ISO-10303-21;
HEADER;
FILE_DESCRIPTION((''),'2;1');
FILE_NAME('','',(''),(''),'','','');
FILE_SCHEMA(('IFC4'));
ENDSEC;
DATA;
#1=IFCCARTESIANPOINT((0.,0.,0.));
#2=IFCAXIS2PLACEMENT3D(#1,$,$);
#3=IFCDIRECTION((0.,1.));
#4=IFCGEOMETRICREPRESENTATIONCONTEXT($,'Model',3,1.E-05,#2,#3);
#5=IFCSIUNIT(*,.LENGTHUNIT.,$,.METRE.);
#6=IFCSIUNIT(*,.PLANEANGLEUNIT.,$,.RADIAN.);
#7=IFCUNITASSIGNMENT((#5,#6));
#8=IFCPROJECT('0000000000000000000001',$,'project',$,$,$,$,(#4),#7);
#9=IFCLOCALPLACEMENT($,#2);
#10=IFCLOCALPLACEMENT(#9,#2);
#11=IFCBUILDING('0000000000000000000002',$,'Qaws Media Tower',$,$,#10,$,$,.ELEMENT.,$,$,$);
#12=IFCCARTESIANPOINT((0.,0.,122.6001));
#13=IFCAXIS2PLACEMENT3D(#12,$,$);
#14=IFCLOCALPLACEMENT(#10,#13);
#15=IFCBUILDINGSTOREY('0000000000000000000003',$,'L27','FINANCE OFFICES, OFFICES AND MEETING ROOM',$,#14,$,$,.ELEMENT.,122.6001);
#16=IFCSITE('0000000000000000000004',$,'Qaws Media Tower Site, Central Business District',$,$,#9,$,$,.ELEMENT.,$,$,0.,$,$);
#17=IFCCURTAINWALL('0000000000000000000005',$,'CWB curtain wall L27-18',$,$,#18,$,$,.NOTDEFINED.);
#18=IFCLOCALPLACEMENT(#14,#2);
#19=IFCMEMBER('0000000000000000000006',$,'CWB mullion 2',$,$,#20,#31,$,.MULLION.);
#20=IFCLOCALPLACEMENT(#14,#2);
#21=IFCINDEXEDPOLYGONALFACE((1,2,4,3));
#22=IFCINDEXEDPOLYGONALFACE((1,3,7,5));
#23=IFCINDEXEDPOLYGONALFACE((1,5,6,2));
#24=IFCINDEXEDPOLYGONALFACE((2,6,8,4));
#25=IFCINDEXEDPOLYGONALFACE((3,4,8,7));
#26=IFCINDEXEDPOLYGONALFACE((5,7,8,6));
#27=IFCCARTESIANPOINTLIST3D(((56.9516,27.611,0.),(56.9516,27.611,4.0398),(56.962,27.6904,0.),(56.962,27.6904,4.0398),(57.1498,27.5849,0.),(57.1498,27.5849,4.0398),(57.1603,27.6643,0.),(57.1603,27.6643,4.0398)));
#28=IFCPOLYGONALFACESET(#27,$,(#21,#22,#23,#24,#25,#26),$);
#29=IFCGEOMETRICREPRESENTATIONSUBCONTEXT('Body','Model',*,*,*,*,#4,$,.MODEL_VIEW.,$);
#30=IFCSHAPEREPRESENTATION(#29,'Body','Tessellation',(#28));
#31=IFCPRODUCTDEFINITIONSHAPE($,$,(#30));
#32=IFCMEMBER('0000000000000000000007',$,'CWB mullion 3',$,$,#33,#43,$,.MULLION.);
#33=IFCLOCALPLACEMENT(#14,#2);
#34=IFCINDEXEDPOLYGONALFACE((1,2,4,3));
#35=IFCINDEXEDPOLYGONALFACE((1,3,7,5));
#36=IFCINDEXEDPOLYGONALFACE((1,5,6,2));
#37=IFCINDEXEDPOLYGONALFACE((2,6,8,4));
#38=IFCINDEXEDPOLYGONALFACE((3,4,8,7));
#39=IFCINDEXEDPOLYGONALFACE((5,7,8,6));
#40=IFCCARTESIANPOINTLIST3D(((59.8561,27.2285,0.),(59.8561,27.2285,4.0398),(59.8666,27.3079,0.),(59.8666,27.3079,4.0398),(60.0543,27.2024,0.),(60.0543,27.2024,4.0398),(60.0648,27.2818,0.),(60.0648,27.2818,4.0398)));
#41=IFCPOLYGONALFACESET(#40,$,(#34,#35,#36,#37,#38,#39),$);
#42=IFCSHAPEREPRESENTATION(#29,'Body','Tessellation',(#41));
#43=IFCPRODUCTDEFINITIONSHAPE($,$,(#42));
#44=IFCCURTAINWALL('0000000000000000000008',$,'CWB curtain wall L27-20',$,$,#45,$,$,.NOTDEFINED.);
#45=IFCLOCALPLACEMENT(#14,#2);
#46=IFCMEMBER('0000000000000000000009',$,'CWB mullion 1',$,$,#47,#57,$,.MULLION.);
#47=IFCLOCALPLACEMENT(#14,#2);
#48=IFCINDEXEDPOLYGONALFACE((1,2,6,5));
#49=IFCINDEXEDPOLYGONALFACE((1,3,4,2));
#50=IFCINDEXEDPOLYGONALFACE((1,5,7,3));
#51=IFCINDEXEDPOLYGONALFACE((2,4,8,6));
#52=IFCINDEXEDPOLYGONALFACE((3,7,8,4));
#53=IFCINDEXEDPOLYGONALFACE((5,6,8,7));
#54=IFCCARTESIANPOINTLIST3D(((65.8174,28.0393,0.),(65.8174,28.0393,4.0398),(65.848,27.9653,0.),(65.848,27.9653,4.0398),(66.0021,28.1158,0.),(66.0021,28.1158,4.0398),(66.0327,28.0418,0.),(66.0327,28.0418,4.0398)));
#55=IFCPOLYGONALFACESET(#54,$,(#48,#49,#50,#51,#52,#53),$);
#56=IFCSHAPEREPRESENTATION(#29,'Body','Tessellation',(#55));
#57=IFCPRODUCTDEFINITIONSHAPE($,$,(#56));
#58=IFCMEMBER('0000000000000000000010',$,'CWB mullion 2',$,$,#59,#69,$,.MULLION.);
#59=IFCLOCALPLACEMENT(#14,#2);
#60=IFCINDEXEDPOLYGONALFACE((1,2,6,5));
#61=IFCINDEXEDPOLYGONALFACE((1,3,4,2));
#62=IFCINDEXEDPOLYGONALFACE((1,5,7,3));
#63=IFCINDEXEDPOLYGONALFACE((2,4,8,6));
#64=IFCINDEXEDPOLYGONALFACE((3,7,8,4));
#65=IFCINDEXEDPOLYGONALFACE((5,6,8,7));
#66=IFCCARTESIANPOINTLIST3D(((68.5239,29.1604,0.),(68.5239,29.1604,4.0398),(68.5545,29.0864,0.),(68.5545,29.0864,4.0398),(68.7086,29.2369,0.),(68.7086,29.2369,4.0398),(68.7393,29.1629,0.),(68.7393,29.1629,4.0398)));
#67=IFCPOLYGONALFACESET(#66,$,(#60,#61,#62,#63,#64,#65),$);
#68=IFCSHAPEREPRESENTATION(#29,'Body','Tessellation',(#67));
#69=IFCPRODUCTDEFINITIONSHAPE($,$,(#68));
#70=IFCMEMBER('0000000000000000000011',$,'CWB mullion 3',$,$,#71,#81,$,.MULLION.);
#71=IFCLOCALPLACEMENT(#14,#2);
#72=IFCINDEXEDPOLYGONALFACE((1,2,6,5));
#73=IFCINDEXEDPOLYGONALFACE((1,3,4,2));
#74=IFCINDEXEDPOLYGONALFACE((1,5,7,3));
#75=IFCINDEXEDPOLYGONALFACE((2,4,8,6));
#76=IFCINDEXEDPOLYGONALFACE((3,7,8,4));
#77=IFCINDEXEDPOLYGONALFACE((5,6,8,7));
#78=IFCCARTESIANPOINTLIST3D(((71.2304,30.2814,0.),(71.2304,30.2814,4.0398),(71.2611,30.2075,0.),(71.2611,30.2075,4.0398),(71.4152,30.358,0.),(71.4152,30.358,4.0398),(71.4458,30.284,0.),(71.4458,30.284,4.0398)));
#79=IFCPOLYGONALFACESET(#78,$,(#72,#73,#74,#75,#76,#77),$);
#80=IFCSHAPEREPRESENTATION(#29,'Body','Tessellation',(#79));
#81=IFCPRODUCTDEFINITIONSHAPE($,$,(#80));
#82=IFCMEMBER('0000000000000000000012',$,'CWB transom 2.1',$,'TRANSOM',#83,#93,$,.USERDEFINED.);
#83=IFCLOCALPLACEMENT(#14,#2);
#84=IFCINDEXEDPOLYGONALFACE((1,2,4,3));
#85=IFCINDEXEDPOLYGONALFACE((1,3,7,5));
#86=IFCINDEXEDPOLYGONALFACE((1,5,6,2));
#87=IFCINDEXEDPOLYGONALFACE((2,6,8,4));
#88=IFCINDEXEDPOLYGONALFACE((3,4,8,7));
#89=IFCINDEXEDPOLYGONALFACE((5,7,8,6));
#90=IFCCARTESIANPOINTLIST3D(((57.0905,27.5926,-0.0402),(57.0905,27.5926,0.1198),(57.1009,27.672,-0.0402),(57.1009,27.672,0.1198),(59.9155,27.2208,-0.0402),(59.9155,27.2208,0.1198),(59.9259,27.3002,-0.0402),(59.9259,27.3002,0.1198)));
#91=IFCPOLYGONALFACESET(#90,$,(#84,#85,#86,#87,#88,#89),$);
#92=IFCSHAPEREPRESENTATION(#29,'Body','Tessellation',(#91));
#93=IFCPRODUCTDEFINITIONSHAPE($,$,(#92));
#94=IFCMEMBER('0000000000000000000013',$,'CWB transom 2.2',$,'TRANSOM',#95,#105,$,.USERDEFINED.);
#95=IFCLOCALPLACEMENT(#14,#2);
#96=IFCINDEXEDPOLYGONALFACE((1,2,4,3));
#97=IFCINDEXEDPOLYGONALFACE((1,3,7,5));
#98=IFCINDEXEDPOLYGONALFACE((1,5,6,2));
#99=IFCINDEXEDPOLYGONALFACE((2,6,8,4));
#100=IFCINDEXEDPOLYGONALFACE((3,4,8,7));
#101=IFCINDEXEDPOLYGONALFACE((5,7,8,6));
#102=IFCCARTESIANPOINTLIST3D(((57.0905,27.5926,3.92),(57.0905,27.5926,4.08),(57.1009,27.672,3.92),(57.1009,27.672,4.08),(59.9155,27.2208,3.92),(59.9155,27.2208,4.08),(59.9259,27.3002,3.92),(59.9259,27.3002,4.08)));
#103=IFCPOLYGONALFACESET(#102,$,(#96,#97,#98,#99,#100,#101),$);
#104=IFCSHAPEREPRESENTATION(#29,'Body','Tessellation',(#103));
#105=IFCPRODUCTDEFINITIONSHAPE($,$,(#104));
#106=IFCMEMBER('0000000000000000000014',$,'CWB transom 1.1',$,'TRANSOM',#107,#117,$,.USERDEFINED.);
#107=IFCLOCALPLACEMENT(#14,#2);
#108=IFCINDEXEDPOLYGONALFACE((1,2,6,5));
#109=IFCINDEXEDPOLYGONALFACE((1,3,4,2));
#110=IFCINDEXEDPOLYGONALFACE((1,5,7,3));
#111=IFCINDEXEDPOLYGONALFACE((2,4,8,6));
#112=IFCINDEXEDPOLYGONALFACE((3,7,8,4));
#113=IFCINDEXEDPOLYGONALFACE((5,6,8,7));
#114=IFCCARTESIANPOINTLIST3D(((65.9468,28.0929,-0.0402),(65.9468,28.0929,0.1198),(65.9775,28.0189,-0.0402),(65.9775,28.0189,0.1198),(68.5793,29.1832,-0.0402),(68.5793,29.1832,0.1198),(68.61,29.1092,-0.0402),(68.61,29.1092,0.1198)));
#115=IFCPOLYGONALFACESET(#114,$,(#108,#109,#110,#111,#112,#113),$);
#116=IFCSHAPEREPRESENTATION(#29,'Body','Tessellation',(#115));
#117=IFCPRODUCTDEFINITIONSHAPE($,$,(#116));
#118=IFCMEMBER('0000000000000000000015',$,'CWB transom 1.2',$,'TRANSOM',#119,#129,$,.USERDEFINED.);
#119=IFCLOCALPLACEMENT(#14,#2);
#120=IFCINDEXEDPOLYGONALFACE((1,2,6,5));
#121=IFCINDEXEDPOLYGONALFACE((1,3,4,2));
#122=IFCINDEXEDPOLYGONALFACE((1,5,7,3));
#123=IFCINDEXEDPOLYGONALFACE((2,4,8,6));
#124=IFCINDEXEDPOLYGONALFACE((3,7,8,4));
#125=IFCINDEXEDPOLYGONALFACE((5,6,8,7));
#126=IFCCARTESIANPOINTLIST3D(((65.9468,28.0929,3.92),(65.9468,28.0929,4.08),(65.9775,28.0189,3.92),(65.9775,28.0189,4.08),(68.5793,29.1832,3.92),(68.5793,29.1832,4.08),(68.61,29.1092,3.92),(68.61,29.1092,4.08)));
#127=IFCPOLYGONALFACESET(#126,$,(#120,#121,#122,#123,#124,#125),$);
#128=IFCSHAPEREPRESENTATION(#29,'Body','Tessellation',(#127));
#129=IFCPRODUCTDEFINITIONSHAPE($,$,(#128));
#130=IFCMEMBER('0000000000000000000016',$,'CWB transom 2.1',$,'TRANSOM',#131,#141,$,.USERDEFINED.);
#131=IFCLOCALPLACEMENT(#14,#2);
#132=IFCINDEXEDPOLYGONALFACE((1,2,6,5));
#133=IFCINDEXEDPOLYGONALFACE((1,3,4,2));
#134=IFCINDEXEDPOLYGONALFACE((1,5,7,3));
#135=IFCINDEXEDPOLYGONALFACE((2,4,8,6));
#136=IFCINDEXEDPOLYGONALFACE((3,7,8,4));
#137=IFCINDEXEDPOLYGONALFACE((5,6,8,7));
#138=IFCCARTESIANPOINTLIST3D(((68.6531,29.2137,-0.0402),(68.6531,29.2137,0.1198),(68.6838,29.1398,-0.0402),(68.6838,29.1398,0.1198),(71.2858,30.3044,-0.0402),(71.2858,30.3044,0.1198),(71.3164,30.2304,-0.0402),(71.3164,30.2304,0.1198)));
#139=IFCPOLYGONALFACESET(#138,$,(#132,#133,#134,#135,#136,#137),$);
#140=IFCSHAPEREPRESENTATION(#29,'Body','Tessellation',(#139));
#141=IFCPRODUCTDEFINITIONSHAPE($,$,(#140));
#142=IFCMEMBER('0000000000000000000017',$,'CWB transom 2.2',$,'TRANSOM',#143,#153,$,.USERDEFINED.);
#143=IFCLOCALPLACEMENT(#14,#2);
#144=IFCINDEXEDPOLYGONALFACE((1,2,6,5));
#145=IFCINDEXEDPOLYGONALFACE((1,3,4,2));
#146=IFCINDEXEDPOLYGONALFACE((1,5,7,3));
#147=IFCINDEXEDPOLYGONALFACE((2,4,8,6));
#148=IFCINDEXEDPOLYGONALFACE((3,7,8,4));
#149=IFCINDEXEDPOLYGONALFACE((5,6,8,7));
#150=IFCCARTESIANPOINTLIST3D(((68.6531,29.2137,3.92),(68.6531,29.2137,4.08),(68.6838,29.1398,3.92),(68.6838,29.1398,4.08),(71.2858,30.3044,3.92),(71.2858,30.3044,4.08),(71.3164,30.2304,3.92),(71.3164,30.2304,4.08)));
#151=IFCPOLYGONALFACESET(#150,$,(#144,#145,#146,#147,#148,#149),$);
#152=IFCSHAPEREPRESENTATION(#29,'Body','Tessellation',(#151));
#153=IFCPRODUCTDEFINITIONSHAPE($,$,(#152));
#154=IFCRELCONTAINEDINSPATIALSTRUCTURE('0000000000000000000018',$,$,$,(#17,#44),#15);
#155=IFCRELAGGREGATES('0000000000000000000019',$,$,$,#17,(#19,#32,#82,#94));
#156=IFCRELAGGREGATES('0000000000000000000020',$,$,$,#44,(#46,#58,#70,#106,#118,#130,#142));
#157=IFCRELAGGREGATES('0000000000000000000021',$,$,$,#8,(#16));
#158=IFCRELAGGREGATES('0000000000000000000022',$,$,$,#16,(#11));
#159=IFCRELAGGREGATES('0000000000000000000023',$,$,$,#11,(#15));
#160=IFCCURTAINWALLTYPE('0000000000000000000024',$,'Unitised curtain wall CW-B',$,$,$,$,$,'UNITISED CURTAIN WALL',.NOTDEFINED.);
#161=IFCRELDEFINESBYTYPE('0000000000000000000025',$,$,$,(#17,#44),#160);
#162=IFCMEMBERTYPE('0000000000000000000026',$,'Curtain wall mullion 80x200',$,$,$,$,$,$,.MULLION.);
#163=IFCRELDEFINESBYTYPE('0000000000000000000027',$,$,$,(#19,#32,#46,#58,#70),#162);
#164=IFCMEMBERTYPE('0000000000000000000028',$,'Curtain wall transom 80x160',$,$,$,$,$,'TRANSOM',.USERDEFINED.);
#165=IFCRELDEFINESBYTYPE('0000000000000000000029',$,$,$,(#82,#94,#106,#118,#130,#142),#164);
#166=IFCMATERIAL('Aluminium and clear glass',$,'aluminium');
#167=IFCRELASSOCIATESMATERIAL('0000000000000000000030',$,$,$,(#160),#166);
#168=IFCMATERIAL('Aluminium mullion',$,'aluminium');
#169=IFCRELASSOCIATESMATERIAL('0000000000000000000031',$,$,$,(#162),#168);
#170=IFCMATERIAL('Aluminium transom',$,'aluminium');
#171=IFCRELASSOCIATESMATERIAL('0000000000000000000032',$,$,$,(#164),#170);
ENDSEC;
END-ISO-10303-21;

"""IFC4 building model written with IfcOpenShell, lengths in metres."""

from ifc_helpers import new_model, si_unit, direction, frame, origin, origin_2d, place, context, subcontext, project, spatial, rectangle, extrude, material, material_profile, profile_set, type_object, element, aggregate, save


model = new_model("IFC4")

# Units and contexts
model_context = context("Model", 3, precision=1e-05, world=origin(), true_north=direction((0.0, 1.0)))
body_context = subcontext(model_context, "Body", "Model", "MODEL_VIEW")
ifc_project = project(units=[si_unit("LENGTHUNIT", "METRE"), si_unit("PLANEANGLEUNIT", "RADIAN")], contexts=[model_context])

# Site, building, storey
site_placement = place(None, origin())
site = spatial("IfcSite", under=ifc_project, at=site_placement, Name="Qaws Media Tower Site, Central Business District", CompositionType="ELEMENT", RefElevation=0.0)
building_placement = place(site_placement, origin())
building = spatial("IfcBuilding", under=site, at=building_placement, Name="Qaws Media Tower", CompositionType="ELEMENT")
storey_placement = place(building_placement, frame((0.0, 0.0, 122.6001)))
storey = spatial("IfcBuildingStorey", under=building, at=storey_placement, Name="L27", Description="FINANCE OFFICES, OFFICES AND MEETING ROOM", CompositionType="ELEMENT", Elevation=122.6001)

# Curtain walls, members
ifc_material_1 = material(Name="Aluminium and clear glass", Category="aluminium")
curtain_wall_type = type_object("IfcCurtainWallType", Name="Unitised curtain wall CW-B", ElementType="UNITISED CURTAIN WALL", PredefinedType="NOTDEFINED", material=ifc_material_1)
curtain_wall_1_placement = place(storey_placement, origin())
curtain_wall_1 = element("IfcCurtainWall", 1, at=curtain_wall_1_placement, inside=storey, type_object=curtain_wall_type, Name="CWB curtain wall L27-18", PredefinedType="NOTDEFINED")
ifc_material_2 = material(Name="Aluminium mullion", Category="aluminium")
ifc_material_profile_1 = material_profile(ifc_material_2, rectangle(XDim=0.0801, YDim=0.2, at=origin_2d()), Name="80x200")
ifc_profile_set_1 = profile_set([ifc_material_profile_1], Name="Aluminium mullion")
member_type_1 = type_object("IfcMemberType", Name="Curtain wall mullion 80x200", PredefinedType="MULLION", material=ifc_profile_set_1)
member_1_placement = place(storey_placement, frame((57.0559, 27.6377, 0.0), z_axis=(0.0, 0.0, 1.0), x_axis=(0.130526, 0.991445, 0.0)))
member_1 = element("IfcMember", 2, at=member_1_placement, type_object=member_type_1, Name="CWB mullion 2", PredefinedType="MULLION", context=body_context, shape_type="SweptSolid", body=[
    extrude(rectangle(XDim=0.0801, YDim=0.2, at=origin_2d()), origin(), (0.0, 0.0, 1.0), 4.0398),
])
member_2_placement = place(storey_placement, frame((59.9604, 27.2551, 0.0), z_axis=(0.0, 0.0, 1.0), x_axis=(0.130526, 0.991445, 0.0)))
member_2 = element("IfcMember", 3, at=member_2_placement, type_object=member_type_1, Name="CWB mullion 3", PredefinedType="MULLION", context=body_context, shape_type="SweptSolid", body=[
    extrude(rectangle(XDim=0.0801, YDim=0.2, at=origin_2d()), origin(), (0.0, 0.0, 1.0), 4.0398),
])
curtain_wall_2_placement = place(storey_placement, origin())
curtain_wall_2 = element("IfcCurtainWall", 4, at=curtain_wall_2_placement, inside=storey, type_object=curtain_wall_type, Name="CWB curtain wall L27-20", PredefinedType="NOTDEFINED")
member_3_placement = place(storey_placement, frame((65.925, 28.0405, 0.0), z_axis=(0.0, 0.0, 1.0), x_axis=(-0.382683, 0.92388, 0.0)))
member_3 = element("IfcMember", 5, at=member_3_placement, type_object=member_type_1, Name="CWB mullion 1", PredefinedType="MULLION", context=body_context, shape_type="SweptSolid", body=[
    extrude(rectangle(XDim=0.0801, YDim=0.2, at=origin_2d()), origin(), (0.0, 0.0, 1.0), 4.0398),
])
member_4_placement = place(storey_placement, frame((68.6316, 29.1616, 0.0), z_axis=(0.0, 0.0, 1.0), x_axis=(-0.382683, 0.92388, 0.0)))
member_4 = element("IfcMember", 6, at=member_4_placement, type_object=member_type_1, Name="CWB mullion 2", PredefinedType="MULLION", context=body_context, shape_type="SweptSolid", body=[
    extrude(rectangle(XDim=0.0801, YDim=0.2, at=origin_2d()), origin(), (0.0, 0.0, 1.0), 4.0398),
])
member_5_placement = place(storey_placement, frame((71.3381, 30.2827, 0.0), z_axis=(0.0, 0.0, 1.0), x_axis=(-0.382683, 0.92388, 0.0)))
member_5 = element("IfcMember", 7, at=member_5_placement, type_object=member_type_1, Name="CWB mullion 3", PredefinedType="MULLION", context=body_context, shape_type="SweptSolid", body=[
    extrude(rectangle(XDim=0.0801, YDim=0.2, at=origin_2d()), origin(), (0.0, 0.0, 1.0), 4.0398),
])

# Members
ifc_material_3 = material(Name="Aluminium transom", Category="aluminium")
ifc_material_profile_2 = material_profile(ifc_material_3, rectangle(XDim=0.0801, YDim=0.1599, at=origin_2d()), Name="80x160")
ifc_profile_set_2 = profile_set([ifc_material_profile_2], Name="Aluminium transom")
member_type_2 = type_object("IfcMemberType", Name="Curtain wall transom 80x160", ElementType="TRANSOM", PredefinedType="USERDEFINED", material=ifc_profile_set_2)
member_6_placement = place(storey_placement, frame((57.0957, 27.6323, 0.0398), z_axis=(0.991449, -0.130497, 0.0), x_axis=(0.130497, 0.991449, 0.0)))
member_6 = element("IfcMember", 8, at=member_6_placement, type_object=member_type_2, Name="CWB transom 2.1", ObjectType="TRANSOM", PredefinedType="USERDEFINED", context=body_context, shape_type="SweptSolid", body=[
    extrude(rectangle(XDim=0.0801, YDim=0.1599, at=origin_2d()), origin(), (0.0, 0.0, 1.0), 2.8494),
])
member_7_placement = place(storey_placement, frame((57.0957, 27.6323, 4.0), z_axis=(0.991449, -0.130497, 0.0), x_axis=(0.130497, 0.991449, 0.0)))
member_7 = element("IfcMember", 9, at=member_7_placement, type_object=member_type_2, Name="CWB transom 2.2", ObjectType="TRANSOM", PredefinedType="USERDEFINED", context=body_context, shape_type="SweptSolid", body=[
    extrude(rectangle(XDim=0.0801, YDim=0.1599, at=origin_2d()), origin(), (0.0, 0.0, 1.0), 2.8494),
])
member_8_placement = place(storey_placement, frame((65.9622, 28.0559, 0.0398), z_axis=(0.923894, 0.382649, 0.0), x_axis=(-0.382649, 0.923894, 0.0)))
member_8 = element("IfcMember", 10, at=member_8_placement, type_object=member_type_2, Name="CWB transom 1.1", ObjectType="TRANSOM", PredefinedType="USERDEFINED", context=body_context, shape_type="SweptSolid", body=[
    extrude(rectangle(XDim=0.0801, YDim=0.1599, at=origin_2d()), origin(), (0.0, 0.0, 1.0), 2.8494),
])
member_9_placement = place(storey_placement, frame((65.9622, 28.0559, 4.0), z_axis=(0.923894, 0.382649, 0.0), x_axis=(-0.382649, 0.923894, 0.0)))
member_9 = element("IfcMember", 11, at=member_9_placement, type_object=member_type_2, Name="CWB transom 1.2", ObjectType="TRANSOM", PredefinedType="USERDEFINED", context=body_context, shape_type="SweptSolid", body=[
    extrude(rectangle(XDim=0.0801, YDim=0.1599, at=origin_2d()), origin(), (0.0, 0.0, 1.0), 2.8494),
])
member_10_placement = place(storey_placement, frame((68.6685, 29.1768, 0.0398), z_axis=(0.923863, 0.382723, 0.0), x_axis=(-0.382723, 0.923863, 0.0)))
member_10 = element("IfcMember", 12, at=member_10_placement, type_object=member_type_2, Name="CWB transom 2.1", ObjectType="TRANSOM", PredefinedType="USERDEFINED", context=body_context, shape_type="SweptSolid", body=[
    extrude(rectangle(XDim=0.0801, YDim=0.1599, at=origin_2d()), origin(), (0.0, 0.0, 1.0), 2.8496),
])
member_11_placement = place(storey_placement, frame((68.6685, 29.1768, 4.0), z_axis=(0.923863, 0.382723, 0.0), x_axis=(-0.382723, 0.923863, 0.0)))
member_11 = element("IfcMember", 13, at=member_11_placement, type_object=member_type_2, Name="CWB transom 2.2", ObjectType="TRANSOM", PredefinedType="USERDEFINED", context=body_context, shape_type="SweptSolid", body=[
    extrude(rectangle(XDim=0.0801, YDim=0.1599, at=origin_2d()), origin(), (0.0, 0.0, 1.0), 2.8496),
])

aggregate(curtain_wall_1, [member_1, member_2, member_6, member_7])
aggregate(curtain_wall_2, [member_3, member_4, member_5, member_8, member_9, member_10, member_11])

save(model, "model.ifc")
